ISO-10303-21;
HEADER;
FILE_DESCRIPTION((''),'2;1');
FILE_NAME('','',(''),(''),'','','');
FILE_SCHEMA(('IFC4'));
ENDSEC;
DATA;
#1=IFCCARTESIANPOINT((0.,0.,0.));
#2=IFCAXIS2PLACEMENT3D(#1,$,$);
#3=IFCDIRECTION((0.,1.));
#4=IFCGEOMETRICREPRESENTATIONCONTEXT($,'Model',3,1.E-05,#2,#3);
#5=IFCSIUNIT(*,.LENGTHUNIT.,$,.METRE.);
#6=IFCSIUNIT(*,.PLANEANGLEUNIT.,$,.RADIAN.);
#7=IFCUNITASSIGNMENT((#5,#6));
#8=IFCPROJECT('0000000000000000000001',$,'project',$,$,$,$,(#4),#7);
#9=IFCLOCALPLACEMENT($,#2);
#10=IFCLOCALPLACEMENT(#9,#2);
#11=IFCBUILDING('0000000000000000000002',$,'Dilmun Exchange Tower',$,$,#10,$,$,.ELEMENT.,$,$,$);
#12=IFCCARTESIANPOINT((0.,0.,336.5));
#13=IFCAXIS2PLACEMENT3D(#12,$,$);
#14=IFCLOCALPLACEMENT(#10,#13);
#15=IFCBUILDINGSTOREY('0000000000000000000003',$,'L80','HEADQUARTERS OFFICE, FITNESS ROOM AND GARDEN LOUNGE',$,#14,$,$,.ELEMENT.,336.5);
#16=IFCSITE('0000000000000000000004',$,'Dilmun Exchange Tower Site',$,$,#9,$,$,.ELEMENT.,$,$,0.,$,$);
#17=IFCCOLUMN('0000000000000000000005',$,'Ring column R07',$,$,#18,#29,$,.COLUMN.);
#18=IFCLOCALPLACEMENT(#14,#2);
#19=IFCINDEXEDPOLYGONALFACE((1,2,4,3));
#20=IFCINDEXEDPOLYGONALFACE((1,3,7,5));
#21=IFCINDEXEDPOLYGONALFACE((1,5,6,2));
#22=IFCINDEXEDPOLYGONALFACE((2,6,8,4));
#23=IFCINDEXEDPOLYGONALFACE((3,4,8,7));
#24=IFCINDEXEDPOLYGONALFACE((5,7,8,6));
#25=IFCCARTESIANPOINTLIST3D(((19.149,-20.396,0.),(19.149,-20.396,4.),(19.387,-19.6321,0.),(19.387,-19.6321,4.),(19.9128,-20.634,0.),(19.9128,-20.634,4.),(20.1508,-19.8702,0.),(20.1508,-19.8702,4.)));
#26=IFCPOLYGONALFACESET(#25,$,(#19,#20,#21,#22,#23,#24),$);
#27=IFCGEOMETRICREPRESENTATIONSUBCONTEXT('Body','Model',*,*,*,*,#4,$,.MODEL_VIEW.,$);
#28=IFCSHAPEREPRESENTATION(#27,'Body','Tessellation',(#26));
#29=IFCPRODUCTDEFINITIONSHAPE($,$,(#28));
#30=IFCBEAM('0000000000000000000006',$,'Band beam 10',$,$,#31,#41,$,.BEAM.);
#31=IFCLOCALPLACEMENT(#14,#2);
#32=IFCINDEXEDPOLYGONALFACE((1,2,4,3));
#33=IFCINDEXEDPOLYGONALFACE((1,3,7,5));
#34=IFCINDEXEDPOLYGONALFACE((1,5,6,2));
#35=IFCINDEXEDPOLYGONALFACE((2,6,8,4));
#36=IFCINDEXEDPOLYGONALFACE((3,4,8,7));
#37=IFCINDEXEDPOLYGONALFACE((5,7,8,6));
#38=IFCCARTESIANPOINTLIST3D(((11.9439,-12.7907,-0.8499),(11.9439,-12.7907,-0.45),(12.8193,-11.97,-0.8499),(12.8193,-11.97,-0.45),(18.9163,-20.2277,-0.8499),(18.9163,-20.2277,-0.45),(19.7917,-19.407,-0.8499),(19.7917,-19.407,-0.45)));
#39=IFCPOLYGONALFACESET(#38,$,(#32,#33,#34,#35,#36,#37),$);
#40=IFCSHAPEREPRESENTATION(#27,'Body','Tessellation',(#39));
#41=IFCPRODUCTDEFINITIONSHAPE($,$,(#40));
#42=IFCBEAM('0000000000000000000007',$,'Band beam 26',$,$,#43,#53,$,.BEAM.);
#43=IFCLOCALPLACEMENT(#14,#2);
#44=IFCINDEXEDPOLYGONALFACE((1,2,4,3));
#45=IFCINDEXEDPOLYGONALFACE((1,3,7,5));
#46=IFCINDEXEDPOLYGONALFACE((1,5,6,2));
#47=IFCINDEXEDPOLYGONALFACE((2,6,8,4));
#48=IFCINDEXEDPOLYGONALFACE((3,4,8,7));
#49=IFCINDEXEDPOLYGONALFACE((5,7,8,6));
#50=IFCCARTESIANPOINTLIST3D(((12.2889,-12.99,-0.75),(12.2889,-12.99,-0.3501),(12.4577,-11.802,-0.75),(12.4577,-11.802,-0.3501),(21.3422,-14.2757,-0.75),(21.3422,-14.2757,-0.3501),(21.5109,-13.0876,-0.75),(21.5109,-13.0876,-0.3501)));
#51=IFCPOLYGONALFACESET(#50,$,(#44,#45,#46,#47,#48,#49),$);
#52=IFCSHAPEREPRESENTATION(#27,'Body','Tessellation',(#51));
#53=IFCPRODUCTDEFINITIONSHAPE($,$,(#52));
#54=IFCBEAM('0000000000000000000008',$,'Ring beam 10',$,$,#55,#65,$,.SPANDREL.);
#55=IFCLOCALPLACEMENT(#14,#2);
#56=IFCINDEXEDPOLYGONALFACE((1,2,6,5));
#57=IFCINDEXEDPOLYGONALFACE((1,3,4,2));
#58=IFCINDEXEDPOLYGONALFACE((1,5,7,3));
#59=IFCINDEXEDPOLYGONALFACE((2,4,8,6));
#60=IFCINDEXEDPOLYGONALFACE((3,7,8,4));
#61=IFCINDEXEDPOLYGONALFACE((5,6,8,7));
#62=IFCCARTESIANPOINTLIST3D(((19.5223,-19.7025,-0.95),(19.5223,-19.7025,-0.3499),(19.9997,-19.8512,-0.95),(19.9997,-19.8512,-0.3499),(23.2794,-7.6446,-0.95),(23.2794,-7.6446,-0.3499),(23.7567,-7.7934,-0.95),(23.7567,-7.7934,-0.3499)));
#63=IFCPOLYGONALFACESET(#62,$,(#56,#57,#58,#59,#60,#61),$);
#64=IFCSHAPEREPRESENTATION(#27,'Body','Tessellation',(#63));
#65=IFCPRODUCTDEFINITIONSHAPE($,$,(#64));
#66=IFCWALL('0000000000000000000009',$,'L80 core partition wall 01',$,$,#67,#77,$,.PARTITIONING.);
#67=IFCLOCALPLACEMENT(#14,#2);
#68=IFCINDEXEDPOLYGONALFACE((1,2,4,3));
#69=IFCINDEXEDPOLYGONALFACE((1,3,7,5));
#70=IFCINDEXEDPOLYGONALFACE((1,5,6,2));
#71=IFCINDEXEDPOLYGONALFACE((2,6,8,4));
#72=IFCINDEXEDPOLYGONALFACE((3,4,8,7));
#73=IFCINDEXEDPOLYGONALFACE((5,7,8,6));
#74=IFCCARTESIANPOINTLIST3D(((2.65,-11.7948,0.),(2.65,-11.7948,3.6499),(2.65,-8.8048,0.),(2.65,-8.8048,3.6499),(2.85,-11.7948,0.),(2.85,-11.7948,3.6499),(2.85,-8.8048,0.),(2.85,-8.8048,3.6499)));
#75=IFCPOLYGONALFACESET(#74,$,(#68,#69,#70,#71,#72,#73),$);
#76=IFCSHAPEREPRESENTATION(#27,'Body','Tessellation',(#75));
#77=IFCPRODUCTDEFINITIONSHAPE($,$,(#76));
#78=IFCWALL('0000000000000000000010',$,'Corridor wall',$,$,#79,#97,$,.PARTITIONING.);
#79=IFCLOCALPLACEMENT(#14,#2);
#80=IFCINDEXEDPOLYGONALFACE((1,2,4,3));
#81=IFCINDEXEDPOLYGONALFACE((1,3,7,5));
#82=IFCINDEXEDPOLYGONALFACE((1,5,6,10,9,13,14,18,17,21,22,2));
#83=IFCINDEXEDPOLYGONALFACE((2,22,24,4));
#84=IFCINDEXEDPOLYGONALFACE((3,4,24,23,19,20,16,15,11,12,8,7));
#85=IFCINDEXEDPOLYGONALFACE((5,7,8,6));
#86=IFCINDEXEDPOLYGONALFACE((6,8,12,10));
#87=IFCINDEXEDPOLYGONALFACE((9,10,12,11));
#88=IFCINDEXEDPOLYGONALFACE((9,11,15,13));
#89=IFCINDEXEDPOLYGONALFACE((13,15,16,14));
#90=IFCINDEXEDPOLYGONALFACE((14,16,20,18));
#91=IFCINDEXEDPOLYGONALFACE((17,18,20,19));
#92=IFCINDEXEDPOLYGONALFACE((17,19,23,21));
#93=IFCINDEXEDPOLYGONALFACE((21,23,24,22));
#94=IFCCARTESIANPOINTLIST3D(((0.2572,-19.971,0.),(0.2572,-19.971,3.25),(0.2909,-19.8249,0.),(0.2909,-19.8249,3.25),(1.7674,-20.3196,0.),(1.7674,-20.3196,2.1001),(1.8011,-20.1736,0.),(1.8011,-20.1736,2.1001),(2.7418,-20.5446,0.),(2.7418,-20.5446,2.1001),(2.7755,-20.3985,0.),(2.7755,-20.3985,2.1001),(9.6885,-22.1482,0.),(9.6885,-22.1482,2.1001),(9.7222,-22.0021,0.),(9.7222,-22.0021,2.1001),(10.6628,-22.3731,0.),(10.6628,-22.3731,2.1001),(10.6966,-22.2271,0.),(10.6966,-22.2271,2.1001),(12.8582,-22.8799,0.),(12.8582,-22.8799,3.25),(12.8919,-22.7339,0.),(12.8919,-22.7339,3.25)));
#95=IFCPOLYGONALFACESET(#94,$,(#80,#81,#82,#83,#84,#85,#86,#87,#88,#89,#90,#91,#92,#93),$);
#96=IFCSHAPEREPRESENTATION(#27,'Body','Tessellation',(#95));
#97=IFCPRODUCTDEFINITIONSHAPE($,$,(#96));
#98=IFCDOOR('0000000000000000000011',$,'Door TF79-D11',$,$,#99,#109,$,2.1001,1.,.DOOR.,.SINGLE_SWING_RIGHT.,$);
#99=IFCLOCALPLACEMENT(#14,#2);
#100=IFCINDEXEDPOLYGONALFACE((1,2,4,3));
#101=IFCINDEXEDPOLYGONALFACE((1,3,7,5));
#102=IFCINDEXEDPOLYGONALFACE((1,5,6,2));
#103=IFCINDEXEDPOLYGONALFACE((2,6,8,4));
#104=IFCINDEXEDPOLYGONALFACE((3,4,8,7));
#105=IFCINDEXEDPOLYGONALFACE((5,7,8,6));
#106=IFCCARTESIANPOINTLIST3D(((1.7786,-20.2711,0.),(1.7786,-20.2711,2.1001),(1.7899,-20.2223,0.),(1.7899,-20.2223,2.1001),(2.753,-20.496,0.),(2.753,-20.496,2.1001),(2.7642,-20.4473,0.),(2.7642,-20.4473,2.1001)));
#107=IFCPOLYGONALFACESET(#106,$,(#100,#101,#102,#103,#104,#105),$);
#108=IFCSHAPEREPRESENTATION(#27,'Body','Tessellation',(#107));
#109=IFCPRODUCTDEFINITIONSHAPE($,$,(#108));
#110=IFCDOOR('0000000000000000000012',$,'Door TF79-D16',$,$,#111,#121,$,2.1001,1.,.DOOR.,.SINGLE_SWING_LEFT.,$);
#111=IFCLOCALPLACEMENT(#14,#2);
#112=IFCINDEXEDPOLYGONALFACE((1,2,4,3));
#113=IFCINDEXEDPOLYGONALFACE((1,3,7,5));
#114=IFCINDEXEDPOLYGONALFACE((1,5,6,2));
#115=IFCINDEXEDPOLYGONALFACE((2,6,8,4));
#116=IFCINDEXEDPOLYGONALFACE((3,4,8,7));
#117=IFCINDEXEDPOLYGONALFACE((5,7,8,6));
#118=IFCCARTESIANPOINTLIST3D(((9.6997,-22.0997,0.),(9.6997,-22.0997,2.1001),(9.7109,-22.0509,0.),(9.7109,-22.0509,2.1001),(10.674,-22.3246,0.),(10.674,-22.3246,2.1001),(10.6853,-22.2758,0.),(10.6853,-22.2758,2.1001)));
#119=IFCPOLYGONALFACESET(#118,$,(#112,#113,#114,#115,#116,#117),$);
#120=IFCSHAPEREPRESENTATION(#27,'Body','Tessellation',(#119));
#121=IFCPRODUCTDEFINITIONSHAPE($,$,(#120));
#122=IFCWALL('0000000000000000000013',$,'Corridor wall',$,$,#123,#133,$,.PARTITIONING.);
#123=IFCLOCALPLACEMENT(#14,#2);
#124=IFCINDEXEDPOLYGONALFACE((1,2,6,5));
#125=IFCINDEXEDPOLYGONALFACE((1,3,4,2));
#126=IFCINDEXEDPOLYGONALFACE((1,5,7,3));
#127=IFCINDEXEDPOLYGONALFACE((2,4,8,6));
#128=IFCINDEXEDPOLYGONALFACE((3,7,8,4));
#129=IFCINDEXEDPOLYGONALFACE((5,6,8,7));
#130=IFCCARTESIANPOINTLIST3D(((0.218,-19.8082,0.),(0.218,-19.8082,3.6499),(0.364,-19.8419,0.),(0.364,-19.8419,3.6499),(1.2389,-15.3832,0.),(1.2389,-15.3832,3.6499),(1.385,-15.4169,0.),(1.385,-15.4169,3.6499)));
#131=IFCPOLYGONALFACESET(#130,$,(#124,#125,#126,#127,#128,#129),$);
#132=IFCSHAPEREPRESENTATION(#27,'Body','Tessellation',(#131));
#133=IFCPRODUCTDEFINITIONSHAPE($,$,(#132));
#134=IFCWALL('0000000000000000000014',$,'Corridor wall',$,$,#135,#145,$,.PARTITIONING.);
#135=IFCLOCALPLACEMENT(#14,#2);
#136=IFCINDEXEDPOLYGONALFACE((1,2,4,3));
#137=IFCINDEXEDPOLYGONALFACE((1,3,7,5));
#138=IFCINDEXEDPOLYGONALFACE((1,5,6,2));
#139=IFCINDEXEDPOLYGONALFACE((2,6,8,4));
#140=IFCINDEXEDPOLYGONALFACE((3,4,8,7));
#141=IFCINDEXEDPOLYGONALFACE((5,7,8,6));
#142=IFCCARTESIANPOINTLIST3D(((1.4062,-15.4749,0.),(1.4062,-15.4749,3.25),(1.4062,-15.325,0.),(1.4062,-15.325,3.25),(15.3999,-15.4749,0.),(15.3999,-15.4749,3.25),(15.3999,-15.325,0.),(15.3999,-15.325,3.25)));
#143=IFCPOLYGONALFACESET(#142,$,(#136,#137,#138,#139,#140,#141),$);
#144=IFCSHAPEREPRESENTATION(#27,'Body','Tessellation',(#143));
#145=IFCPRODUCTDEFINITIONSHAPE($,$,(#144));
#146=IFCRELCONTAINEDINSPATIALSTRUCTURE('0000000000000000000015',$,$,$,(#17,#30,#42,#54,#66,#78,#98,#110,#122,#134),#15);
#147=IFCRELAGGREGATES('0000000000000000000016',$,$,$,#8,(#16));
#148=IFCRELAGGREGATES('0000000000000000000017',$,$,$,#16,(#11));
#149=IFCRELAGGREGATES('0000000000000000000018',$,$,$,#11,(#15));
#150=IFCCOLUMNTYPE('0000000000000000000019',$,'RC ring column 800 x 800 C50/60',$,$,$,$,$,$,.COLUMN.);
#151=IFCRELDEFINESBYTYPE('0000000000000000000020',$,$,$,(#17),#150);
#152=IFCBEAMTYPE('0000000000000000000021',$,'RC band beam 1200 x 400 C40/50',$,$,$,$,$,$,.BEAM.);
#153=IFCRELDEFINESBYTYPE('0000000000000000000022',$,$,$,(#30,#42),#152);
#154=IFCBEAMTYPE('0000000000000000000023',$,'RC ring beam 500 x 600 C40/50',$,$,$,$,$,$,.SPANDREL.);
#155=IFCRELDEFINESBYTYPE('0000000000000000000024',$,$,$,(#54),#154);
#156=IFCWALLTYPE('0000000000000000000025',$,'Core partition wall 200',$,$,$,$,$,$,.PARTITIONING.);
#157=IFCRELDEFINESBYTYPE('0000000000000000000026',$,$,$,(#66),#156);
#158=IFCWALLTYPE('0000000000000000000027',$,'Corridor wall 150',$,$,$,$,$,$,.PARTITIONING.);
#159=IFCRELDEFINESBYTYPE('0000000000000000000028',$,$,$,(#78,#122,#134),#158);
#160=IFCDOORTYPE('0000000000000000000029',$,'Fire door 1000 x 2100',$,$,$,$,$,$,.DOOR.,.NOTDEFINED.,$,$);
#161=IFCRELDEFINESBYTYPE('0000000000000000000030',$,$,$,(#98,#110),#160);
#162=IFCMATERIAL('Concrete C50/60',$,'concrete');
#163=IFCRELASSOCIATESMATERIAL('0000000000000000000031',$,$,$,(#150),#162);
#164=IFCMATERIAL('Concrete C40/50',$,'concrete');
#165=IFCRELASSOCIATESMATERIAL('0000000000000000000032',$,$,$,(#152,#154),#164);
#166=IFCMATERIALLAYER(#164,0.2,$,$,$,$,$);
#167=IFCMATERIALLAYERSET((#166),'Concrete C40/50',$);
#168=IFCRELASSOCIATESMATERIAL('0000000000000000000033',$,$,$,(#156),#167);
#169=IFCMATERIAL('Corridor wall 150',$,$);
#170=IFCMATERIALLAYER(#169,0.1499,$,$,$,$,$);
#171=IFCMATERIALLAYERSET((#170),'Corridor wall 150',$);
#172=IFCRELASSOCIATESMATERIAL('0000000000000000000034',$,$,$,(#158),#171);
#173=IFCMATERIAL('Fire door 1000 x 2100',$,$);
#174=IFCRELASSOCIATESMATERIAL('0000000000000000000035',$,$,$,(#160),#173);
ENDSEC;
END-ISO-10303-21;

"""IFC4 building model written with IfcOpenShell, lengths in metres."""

from ifc_helpers import new_model, si_unit, direction, frame, frame_2d, origin, origin_2d, place, context, subcontext, project, spatial, rectangle, extrude, material, layer, layer_set, material_profile, profile_set, type_object, element, fill, save


model = new_model("IFC4")

# Units and contexts
model_context = context("Model", 3, precision=1e-05, world=origin(), true_north=direction((0.0, 1.0)))
body_context = subcontext(model_context, "Body", "Model", "MODEL_VIEW")
ifc_project = project(units=[si_unit("LENGTHUNIT", "METRE"), si_unit("PLANEANGLEUNIT", "RADIAN")], contexts=[model_context])

# Site, building, storey
site_placement = place(None, origin())
site = spatial("IfcSite", under=ifc_project, at=site_placement, Name="Dilmun Exchange Tower Site", CompositionType="ELEMENT", RefElevation=0.0)
building_placement = place(site_placement, origin())
building = spatial("IfcBuilding", under=site, at=building_placement, Name="Dilmun Exchange Tower", CompositionType="ELEMENT")
storey_placement = place(building_placement, frame((0.0, 0.0, 336.5)))
storey = spatial("IfcBuildingStorey", under=building, at=storey_placement, Name="L80", Description="HEADQUARTERS OFFICE, FITNESS ROOM AND GARDEN LOUNGE", CompositionType="ELEMENT", Elevation=336.5)

# Column
ifc_material_1 = material(Name="Concrete C50/60", Category="concrete")
ifc_material_profile_1 = material_profile(ifc_material_1, rectangle(XDim=0.8, YDim=0.8, at=origin_2d()), Name="800 x 800")
ifc_profile_set_1 = profile_set([ifc_material_profile_1], Name="Concrete C50/60")
column_type = type_object("IfcColumnType", Name="RC ring column 800 x 800 C50/60", PredefinedType="COLUMN", material=ifc_profile_set_1)
column_placement = place(storey_placement, frame((19.6499, -20.1331, 0.0), z_axis=(0.0, 0.0, 1.0), x_axis=(0.297503, 0.954721, 0.0)))
element("IfcColumn", 1, at=column_placement, inside=storey, type_object=column_type, Name="Ring column R07", PredefinedType="COLUMN", context=body_context, shape_type="SweptSolid", body=[
    extrude(rectangle(XDim=0.8, YDim=0.8, at=origin_2d()), origin(), (0.0, 0.0, 1.0), 4.0),
])

# Beams
ifc_material_2 = material(Name="Concrete C40/50", Category="concrete")
ifc_material_profile_2 = material_profile(ifc_material_2, rectangle(XDim=1.2, YDim=0.3999, at=origin_2d()), Name="1200 x 400")
ifc_profile_set_2 = profile_set([ifc_material_profile_2], Name="Concrete C40/50")
beam_type_1 = type_object("IfcBeamType", Name="RC band beam 1200 x 400 C40/50", PredefinedType="BEAM", material=ifc_profile_set_2)
beam_1_placement = place(storey_placement, frame((19.354, -19.8174, -0.6499), z_axis=(-0.683952, 0.729527, 0.0), x_axis=(-0.729527, -0.683952, 0.0)))
element("IfcBeam", 2, at=beam_1_placement, inside=storey, type_object=beam_type_1, Name="Band beam 10", PredefinedType="BEAM", context=body_context, shape_type="SweptSolid", body=[
    extrude(rectangle(XDim=1.2, YDim=0.3999, at=origin_2d()), origin(), (0.0, 0.0, 1.0), 10.1943),
])
beam_2_placement = place(storey_placement, frame((21.4265, -13.6816, -0.55), z_axis=(-0.990067, 0.140599, 0.0), x_axis=(-0.140599, -0.990067, 0.0)))
element("IfcBeam", 3, at=beam_2_placement, inside=storey, type_object=beam_type_1, Name="Band beam 26", PredefinedType="BEAM", context=body_context, shape_type="SweptSolid", body=[
    extrude(rectangle(XDim=1.2, YDim=0.3999, at=origin_2d()), origin(), (0.0, 0.0, 1.0), 9.144),
])
ifc_material_profile_3 = material_profile(ifc_material_2, rectangle(XDim=0.5, YDim=0.6001, at=origin_2d()), Name="500 x 600")
ifc_profile_set_3 = profile_set([ifc_material_profile_3], Name="Concrete C40/50")
beam_type_2 = type_object("IfcBeamType", Name="RC ring beam 500 x 600 C40/50", PredefinedType="SPANDREL", material=ifc_profile_set_3)
beam_3_placement = place(storey_placement, frame((19.761, -19.7769, -0.6499), z_axis=(0.297481, 0.954728, 0.0), x_axis=(-0.954728, 0.297481, 0.0)))
element("IfcBeam", 4, at=beam_3_placement, inside=storey, type_object=beam_type_2, Name="Ring beam 10", PredefinedType="SPANDREL", context=body_context, shape_type="SweptSolid", body=[
    extrude(rectangle(XDim=0.5, YDim=0.6001, at=origin_2d()), origin(), (0.0, 0.0, 1.0), 12.6296),
])

# Wall
ifc_layer_1 = layer(ifc_material_2, 0.2)
ifc_layer_set_1 = layer_set([ifc_layer_1], Name="Concrete C40/50")
wall_type_1 = type_object("IfcWallType", Name="Core partition wall 200", PredefinedType="PARTITIONING", material=ifc_layer_set_1)
wall_1_placement = place(storey_placement, frame((2.75, -11.7949, 0.0), z_axis=(0.0, 0.0, 1.0), x_axis=(0.0, 1.0, 0.0)))
element("IfcWall", 5, at=wall_1_placement, inside=storey, type_object=wall_type_1, Name="L80 core partition wall 01", PredefinedType="PARTITIONING", context=body_context, shape_type="SweptSolid", body=[
    extrude(rectangle(XDim=2.99, YDim=0.2, at=frame_2d((1.4951, 0.0))), origin(), (0.0, 0.0, 1.0), 3.6499),
])

# Wall, openings, doors
ifc_material_3 = material(Name="Corridor wall 150")
ifc_layer_2 = layer(ifc_material_3, 0.1499)
ifc_layer_set_2 = layer_set([ifc_layer_2], Name="Corridor wall 150")
wall_type_2 = type_object("IfcWallType", Name="Corridor wall 150", PredefinedType="PARTITIONING", material=ifc_layer_set_2)
wall_2_placement = place(storey_placement, frame((0.2739, -19.8979, 0.0), z_axis=(0.0, 0.0, 1.0), x_axis=(0.974374, -0.224933, 0.0)))
wall_2 = element("IfcWall", 6, at=wall_2_placement, inside=storey, type_object=wall_type_2, Name="Corridor wall", PredefinedType="PARTITIONING", context=body_context, shape_type="SweptSolid", body=[
    extrude(rectangle(XDim=12.9324, YDim=0.1499, at=frame_2d((6.4663, 0.0))), origin(), (0.0, 0.0, 1.0), 3.25),
])
opening_1_placement = place(wall_2_placement, frame((1.55, 0.0, 0.0)))
opening_1 = element("IfcOpeningElement", 7, at=opening_1_placement, cuts=wall_2, PredefinedType="OPENING", context=body_context, shape_type="SweptSolid", body=[
    extrude(rectangle(XDim=1.0, YDim=2.1001, at=frame_2d((0.5, 1.05))), frame((0.0, 0.085, 0.0), z_axis=(0.0, -1.0, 0.0), x_axis=(1.0, 0.0, 0.0)), (0.0, 0.0, 1.0), 0.1699),
])
opening_2_placement = place(wall_2_placement, frame((9.6794, 0.0, 0.0)))
opening_2 = element("IfcOpeningElement", 8, at=opening_2_placement, cuts=wall_2, PredefinedType="OPENING", context=body_context, shape_type="SweptSolid", body=[
    extrude(rectangle(XDim=1.0, YDim=2.1001, at=frame_2d((0.5, 1.05))), frame((0.0, 0.085, 0.0), z_axis=(0.0, -1.0, 0.0), x_axis=(1.0, 0.0, 0.0)), (0.0, 0.0, 1.0), 0.1699),
])
ifc_material_4 = material(Name="Fire door 1000 x 2100")
door_type_1 = type_object("IfcDoorType", Name="Fire door 1000 x 2100", OperationType="NOTDEFINED", PredefinedType="DOOR", material=ifc_material_4)
door_1_placement = place(opening_1_placement, origin())
door_1 = element("IfcDoor", 9, at=door_1_placement, inside=storey, type_object=door_type_1, Name="Door TF79-D11", OperationType="SINGLE_SWING_RIGHT", OverallHeight=2.1001, OverallWidth=1.0, PredefinedType="DOOR", context=body_context, shape_type="SweptSolid", body=[
    extrude(rectangle(XDim=1.0, YDim=2.1001, at=frame_2d((0.5, 1.05))), frame((0.0, 0.0249, 0.0), z_axis=(0.0, -1.0, 0.0), x_axis=(1.0, 0.0, 0.0)), (0.0, 0.0, 1.0), 0.05),
])
fill(opening_1, door_1)
door_2_placement = place(opening_2_placement, origin())
door_2 = element("IfcDoor", 10, at=door_2_placement, inside=storey, type_object=door_type_1, Name="Door TF79-D16", OperationType="SINGLE_SWING_LEFT", OverallHeight=2.1001, OverallWidth=1.0, PredefinedType="DOOR", context=body_context, shape_type="SweptSolid", body=[
    extrude(rectangle(XDim=1.0, YDim=2.1001, at=frame_2d((0.5, 1.05))), frame((0.0, 0.0249, 0.0), z_axis=(0.0, -1.0, 0.0), x_axis=(1.0, 0.0, 0.0)), (0.0, 0.0, 1.0), 0.05),
])
fill(opening_2, door_2)

# Walls
wall_3_placement = place(storey_placement, frame((0.291, -19.825, 0.0), z_axis=(0.0, 0.0, 1.0), x_axis=(0.224824, 0.974399, 0.0)))
element("IfcWall", 11, at=wall_3_placement, inside=storey, type_object=wall_type_2, Name="Corridor wall", PredefinedType="PARTITIONING", context=body_context, shape_type="SweptSolid", body=[
    extrude(rectangle(XDim=4.5413, YDim=0.1499, at=frame_2d((2.2705, 0.0))), origin(), (0.0, 0.0, 1.0), 3.6499),
])
wall_4_placement = place(storey_placement, frame((1.4062, -15.3999, 0.0), z_axis=(0.0, 0.0, 1.0), x_axis=(1.0, 0.0, 0.0)))
element("IfcWall", 12, at=wall_4_placement, inside=storey, type_object=wall_type_2, Name="Corridor wall", PredefinedType="PARTITIONING", context=body_context, shape_type="SweptSolid", body=[
    extrude(rectangle(XDim=13.9937, YDim=0.1499, at=frame_2d((6.9968, 0.0))), origin(), (0.0, 0.0, 1.0), 3.25),
])

save(model, "model.ifc")
